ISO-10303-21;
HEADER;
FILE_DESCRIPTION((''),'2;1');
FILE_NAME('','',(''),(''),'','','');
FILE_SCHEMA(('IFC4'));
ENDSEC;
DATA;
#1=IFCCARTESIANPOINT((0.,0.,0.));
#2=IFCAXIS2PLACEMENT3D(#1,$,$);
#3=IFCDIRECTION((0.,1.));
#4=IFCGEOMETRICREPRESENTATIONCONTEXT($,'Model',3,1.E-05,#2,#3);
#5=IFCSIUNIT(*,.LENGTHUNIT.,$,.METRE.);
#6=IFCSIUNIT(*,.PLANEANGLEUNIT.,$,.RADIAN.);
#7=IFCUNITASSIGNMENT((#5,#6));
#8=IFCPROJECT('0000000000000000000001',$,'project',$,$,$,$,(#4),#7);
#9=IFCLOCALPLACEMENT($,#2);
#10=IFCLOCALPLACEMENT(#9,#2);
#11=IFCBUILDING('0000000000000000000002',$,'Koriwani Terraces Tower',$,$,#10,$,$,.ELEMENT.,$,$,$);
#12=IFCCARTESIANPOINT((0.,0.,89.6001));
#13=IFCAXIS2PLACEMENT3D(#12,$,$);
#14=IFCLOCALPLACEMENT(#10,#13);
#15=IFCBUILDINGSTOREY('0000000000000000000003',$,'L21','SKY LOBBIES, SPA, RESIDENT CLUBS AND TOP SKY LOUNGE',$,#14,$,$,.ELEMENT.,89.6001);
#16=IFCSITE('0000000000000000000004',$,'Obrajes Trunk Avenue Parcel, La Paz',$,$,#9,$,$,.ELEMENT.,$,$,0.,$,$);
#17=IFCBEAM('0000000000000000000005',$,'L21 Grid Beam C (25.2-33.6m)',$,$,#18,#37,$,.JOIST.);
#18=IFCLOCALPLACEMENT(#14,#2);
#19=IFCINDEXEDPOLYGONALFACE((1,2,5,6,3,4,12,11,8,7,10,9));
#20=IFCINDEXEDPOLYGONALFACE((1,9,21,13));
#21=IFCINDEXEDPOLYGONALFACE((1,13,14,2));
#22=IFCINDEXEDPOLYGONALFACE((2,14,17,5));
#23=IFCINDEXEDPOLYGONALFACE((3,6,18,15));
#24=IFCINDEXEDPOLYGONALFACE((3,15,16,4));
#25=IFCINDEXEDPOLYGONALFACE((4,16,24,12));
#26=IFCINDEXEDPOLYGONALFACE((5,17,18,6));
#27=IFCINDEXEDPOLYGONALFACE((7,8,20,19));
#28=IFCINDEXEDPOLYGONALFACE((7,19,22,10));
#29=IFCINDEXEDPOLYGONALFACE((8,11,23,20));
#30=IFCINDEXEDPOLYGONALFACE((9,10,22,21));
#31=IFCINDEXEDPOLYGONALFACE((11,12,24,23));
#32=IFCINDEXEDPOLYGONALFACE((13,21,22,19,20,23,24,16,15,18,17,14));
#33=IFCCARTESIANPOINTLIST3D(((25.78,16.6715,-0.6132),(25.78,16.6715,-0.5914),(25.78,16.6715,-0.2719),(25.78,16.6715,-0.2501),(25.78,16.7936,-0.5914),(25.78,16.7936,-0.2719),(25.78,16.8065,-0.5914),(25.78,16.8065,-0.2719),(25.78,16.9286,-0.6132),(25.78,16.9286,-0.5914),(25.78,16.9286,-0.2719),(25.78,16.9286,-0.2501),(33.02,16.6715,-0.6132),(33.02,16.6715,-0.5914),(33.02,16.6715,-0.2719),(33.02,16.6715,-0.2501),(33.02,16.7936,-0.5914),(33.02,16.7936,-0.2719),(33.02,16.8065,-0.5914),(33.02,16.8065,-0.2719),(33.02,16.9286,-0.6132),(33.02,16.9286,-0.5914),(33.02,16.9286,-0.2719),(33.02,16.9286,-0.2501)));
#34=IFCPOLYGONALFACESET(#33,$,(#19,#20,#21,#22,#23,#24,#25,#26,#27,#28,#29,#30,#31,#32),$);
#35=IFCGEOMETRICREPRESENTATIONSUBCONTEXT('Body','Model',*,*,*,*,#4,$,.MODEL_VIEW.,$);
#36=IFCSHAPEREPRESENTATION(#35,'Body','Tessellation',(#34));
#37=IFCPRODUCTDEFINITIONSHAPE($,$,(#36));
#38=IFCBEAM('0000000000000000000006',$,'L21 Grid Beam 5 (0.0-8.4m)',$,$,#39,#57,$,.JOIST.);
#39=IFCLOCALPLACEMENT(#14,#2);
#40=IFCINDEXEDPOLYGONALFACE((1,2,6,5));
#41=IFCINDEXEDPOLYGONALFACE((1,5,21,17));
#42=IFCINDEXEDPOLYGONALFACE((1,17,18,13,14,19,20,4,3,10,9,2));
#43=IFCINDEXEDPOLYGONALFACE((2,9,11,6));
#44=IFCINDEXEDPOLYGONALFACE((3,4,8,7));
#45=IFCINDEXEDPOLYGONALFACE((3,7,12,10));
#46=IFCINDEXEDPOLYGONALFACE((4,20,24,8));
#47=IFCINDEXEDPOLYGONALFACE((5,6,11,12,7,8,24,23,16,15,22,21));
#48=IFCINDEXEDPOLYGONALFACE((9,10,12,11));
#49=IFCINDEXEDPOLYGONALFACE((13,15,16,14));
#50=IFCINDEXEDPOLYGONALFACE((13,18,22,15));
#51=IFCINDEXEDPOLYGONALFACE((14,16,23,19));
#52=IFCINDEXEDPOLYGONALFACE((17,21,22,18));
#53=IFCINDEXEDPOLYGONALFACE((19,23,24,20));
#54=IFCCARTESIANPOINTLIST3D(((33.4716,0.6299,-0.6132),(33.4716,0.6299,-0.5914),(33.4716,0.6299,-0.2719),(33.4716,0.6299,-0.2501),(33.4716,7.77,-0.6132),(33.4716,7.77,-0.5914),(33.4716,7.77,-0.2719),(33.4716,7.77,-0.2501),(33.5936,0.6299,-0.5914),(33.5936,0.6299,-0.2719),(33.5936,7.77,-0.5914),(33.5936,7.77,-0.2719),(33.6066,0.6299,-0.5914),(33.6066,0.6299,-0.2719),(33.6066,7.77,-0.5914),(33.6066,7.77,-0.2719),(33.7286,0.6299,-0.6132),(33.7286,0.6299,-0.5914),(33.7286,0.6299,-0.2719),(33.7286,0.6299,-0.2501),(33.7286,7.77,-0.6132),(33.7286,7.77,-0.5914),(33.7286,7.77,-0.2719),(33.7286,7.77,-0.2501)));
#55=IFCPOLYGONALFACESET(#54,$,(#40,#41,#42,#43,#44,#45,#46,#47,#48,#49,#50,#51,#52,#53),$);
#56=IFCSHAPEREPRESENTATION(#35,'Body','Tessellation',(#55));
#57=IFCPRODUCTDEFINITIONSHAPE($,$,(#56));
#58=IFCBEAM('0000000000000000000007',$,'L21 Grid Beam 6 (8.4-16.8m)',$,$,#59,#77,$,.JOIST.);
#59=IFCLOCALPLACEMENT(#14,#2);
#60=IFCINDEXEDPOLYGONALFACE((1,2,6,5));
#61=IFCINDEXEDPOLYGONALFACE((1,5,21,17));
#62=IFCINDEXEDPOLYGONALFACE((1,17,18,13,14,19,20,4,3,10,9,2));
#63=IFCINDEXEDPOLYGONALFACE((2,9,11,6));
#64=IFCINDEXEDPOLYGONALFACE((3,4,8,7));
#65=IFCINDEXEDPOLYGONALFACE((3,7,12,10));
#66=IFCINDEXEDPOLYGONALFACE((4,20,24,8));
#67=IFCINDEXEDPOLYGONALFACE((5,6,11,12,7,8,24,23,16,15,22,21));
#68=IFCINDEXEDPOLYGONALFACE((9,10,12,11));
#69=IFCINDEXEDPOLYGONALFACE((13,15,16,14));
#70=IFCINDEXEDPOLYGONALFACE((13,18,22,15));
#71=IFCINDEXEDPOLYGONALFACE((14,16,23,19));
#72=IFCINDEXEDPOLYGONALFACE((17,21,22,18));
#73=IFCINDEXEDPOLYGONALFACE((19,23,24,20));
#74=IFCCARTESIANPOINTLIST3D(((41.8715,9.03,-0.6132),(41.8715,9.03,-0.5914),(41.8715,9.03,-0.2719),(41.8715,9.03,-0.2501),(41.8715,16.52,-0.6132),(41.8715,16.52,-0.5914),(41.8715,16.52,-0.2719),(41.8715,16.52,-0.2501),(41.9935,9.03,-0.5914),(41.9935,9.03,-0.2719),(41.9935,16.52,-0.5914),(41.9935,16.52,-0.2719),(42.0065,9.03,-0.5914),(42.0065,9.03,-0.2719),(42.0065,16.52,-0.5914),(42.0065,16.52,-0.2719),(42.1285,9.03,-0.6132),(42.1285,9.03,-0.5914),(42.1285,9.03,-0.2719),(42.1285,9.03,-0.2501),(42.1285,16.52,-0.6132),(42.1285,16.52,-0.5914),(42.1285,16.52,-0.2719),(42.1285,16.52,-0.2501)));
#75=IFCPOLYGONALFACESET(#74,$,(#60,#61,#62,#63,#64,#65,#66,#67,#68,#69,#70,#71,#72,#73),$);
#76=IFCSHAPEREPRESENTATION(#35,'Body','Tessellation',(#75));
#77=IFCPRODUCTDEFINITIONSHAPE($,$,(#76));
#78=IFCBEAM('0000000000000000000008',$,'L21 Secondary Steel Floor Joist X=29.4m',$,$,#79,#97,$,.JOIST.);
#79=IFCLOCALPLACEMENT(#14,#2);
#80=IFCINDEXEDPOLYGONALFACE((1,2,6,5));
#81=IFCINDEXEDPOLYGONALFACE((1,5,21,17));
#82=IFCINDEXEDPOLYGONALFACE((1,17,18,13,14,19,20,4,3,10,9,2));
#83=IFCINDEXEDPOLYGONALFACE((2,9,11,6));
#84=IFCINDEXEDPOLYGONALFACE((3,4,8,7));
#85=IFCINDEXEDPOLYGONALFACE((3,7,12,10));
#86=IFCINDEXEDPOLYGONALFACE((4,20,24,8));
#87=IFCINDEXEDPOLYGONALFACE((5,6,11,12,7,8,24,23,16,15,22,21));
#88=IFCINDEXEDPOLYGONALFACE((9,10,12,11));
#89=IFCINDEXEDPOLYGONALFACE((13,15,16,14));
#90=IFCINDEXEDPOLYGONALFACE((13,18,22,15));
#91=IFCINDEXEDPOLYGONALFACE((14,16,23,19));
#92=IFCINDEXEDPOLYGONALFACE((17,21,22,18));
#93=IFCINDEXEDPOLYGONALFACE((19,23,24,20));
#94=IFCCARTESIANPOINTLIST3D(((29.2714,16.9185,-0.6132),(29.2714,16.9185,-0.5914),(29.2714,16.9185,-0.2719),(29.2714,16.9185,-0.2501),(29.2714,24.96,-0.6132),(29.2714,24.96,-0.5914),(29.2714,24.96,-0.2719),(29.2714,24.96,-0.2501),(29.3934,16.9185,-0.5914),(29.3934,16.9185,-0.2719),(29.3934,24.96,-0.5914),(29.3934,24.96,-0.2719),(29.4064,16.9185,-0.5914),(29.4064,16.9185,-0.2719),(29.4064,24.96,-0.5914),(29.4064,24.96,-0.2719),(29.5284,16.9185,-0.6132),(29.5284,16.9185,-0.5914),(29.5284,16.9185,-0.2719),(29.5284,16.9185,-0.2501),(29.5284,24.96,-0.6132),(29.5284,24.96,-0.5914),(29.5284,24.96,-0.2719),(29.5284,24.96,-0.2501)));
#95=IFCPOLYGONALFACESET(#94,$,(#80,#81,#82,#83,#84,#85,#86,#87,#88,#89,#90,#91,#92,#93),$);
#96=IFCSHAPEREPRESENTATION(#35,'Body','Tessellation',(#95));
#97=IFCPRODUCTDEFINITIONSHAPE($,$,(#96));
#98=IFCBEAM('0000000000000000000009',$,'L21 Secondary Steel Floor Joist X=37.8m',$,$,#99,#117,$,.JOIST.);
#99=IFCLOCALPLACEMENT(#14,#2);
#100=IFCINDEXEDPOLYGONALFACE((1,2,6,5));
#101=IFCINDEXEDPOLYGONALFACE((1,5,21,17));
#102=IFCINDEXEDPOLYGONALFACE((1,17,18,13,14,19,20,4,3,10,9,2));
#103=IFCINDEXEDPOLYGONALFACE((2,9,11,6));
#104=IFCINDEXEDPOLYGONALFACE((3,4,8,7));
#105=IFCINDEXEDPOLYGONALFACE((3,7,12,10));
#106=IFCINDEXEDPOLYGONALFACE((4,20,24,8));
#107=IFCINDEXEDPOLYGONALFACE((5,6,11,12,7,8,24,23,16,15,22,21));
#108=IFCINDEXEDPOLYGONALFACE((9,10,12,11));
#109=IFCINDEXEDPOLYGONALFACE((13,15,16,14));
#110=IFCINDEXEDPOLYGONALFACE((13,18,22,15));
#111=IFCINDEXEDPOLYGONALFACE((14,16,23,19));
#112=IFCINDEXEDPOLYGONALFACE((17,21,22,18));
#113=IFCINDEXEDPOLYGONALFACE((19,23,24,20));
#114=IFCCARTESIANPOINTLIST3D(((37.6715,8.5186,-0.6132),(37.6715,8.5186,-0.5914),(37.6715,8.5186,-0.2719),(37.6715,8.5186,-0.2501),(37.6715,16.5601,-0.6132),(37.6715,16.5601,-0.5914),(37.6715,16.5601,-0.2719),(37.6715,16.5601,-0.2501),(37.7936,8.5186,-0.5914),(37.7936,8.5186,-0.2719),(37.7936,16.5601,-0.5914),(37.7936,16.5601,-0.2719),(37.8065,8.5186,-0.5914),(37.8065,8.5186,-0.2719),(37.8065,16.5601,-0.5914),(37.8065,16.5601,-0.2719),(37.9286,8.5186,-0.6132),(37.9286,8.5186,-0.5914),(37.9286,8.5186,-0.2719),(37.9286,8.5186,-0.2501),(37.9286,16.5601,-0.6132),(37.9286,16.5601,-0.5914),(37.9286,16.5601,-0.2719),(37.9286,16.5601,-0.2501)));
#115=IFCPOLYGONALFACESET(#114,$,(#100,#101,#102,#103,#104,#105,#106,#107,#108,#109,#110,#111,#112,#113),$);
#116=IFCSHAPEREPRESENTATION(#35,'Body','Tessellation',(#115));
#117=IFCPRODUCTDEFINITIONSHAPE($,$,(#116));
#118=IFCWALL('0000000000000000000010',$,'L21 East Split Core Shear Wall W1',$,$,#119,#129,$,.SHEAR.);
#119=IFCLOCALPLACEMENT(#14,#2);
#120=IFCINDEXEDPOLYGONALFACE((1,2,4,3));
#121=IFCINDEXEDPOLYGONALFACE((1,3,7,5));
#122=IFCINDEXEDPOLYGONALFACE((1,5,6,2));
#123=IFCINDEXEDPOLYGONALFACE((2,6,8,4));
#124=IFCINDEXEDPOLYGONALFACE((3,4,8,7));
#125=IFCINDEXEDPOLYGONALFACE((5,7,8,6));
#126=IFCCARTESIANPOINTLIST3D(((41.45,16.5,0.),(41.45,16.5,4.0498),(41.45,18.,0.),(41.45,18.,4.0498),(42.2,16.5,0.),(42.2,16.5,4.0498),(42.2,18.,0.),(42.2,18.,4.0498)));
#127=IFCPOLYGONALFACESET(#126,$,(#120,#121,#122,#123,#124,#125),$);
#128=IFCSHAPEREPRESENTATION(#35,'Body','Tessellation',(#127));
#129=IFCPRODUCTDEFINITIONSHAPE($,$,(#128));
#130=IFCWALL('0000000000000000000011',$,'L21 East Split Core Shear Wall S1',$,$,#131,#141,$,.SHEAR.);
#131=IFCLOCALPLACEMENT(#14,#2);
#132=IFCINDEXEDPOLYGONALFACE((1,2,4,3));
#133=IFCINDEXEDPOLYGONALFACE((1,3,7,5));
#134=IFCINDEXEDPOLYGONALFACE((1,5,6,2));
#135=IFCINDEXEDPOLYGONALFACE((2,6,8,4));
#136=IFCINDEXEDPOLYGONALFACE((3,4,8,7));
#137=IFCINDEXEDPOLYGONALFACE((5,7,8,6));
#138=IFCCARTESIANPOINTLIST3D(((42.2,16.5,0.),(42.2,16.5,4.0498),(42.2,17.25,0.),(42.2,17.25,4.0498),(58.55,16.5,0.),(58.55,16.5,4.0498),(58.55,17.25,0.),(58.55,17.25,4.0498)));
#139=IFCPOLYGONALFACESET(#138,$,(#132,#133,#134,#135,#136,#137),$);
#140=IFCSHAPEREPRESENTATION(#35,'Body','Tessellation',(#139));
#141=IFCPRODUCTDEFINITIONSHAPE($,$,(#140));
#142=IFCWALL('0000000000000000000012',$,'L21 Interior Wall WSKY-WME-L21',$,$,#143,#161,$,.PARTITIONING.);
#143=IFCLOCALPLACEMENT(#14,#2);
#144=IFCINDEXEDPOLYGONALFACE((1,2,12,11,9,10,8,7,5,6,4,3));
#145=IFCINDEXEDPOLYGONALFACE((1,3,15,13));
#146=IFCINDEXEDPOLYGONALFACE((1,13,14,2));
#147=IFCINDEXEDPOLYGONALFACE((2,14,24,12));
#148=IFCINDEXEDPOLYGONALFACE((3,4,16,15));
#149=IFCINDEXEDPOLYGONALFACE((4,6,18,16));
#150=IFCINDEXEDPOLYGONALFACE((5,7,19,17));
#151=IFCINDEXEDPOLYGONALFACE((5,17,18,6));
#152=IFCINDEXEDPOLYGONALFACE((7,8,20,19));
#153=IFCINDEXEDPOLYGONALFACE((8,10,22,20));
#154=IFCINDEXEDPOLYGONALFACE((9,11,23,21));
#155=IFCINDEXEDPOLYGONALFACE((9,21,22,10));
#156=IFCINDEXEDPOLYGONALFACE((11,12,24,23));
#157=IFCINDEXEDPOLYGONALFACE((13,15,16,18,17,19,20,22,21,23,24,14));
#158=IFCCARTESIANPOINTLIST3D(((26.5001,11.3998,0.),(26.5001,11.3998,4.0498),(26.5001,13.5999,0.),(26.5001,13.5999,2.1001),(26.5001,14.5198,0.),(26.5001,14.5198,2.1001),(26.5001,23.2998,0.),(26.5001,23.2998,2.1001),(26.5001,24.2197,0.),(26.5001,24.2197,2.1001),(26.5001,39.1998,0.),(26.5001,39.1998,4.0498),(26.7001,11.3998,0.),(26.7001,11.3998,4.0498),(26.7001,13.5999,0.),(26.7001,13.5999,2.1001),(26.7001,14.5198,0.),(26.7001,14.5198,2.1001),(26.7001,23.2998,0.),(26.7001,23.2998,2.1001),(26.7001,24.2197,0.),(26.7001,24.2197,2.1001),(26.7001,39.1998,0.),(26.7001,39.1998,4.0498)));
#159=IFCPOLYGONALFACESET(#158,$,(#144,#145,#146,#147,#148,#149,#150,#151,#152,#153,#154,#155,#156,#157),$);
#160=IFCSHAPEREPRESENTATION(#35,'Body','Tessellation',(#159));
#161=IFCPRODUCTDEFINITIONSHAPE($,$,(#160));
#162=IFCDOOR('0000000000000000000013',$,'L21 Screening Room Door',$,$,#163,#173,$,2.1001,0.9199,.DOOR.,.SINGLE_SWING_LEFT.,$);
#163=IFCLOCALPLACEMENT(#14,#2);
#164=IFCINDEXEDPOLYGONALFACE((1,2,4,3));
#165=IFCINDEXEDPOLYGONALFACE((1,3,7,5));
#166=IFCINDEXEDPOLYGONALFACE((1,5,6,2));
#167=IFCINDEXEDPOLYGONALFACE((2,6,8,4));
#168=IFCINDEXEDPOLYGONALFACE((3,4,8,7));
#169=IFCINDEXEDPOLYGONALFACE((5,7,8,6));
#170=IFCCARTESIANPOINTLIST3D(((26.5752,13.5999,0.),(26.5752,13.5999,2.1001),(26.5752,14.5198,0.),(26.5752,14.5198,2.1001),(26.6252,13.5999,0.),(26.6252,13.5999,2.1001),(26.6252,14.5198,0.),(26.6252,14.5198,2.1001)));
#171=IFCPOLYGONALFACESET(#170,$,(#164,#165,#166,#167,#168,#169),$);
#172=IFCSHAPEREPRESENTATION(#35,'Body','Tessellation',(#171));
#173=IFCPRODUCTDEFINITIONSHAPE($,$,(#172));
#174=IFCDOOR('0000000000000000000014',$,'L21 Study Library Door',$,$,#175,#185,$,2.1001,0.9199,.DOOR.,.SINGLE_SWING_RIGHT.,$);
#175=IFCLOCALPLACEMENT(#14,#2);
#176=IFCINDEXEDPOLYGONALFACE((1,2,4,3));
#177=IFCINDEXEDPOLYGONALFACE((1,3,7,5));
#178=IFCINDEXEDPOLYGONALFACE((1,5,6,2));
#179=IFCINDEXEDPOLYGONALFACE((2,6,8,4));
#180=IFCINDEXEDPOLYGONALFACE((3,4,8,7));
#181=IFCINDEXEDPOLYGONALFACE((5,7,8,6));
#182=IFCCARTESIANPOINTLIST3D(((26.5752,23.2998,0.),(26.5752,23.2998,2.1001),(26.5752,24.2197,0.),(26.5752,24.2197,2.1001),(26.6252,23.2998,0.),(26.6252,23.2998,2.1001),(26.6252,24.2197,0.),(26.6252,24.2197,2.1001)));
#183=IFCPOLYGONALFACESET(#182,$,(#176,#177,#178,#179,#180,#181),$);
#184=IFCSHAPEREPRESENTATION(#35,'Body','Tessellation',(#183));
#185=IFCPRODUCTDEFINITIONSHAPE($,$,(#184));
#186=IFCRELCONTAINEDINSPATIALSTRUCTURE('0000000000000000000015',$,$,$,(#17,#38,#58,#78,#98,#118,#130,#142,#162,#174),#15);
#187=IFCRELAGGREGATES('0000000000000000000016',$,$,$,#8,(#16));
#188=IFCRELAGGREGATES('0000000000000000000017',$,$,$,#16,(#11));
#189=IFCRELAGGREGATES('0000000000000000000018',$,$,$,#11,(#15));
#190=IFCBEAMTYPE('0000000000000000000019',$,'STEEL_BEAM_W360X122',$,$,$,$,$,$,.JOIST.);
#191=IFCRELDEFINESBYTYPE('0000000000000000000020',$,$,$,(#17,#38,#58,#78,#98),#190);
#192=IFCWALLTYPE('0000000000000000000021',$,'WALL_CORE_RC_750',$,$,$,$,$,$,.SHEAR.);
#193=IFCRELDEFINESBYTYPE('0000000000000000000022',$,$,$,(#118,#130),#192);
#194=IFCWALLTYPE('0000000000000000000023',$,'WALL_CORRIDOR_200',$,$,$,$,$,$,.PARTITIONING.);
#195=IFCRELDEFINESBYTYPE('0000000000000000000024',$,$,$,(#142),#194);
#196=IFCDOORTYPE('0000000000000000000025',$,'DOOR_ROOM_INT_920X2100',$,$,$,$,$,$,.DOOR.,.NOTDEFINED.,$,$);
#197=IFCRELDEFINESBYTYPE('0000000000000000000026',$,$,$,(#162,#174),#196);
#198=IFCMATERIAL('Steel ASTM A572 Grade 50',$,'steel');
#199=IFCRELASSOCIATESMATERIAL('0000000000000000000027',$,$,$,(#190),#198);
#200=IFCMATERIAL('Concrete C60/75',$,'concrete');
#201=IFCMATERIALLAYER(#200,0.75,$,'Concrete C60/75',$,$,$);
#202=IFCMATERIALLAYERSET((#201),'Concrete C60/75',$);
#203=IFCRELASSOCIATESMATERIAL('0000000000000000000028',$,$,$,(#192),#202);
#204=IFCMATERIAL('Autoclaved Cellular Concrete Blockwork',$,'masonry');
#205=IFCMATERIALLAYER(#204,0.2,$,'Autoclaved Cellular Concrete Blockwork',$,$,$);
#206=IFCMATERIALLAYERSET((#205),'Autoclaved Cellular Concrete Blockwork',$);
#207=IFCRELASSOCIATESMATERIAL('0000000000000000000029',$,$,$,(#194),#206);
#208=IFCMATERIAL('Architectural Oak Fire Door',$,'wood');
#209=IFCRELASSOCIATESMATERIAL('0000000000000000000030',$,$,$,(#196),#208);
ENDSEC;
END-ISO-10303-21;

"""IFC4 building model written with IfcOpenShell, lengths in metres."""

from ifc_helpers import new_model, si_unit, direction, frame, frame_2d, origin, origin_2d, place, context, subcontext, project, spatial, rectangle, i_section, extrude, material, layer, layer_set, material_profile, profile_set, type_object, element, fill, save


model = new_model("IFC4")

# Units and contexts
model_context = context("Model", 3, precision=1e-05, world=origin(), true_north=direction((0.0, 1.0)))
body_context = subcontext(model_context, "Body", "Model", "MODEL_VIEW")
ifc_project = project(units=[si_unit("LENGTHUNIT", "METRE"), si_unit("PLANEANGLEUNIT", "RADIAN")], contexts=[model_context])

# Site, building, storey
site_placement = place(None, origin())
site = spatial("IfcSite", under=ifc_project, at=site_placement, Name="Obrajes Trunk Avenue Parcel, La Paz", CompositionType="ELEMENT", RefElevation=0.0)
building_placement = place(site_placement, origin())
building = spatial("IfcBuilding", under=site, at=building_placement, Name="Koriwani Terraces Tower", CompositionType="ELEMENT")
storey_placement = place(building_placement, frame((0.0, 0.0, 89.6001)))
storey = spatial("IfcBuildingStorey", under=building, at=storey_placement, Name="L21", Description="SKY LOBBIES, SPA, RESIDENT CLUBS AND TOP SKY LOUNGE", CompositionType="ELEMENT", Elevation=89.6001)

# Shared definitions
ifc_material_1 = material(Name="Concrete C60/75", Category="concrete")

# Beams
ifc_material_2 = material(Name="Steel ASTM A572 Grade 50", Category="steel")
ifc_material_profile_1 = material_profile(ifc_material_2, i_section(OverallWidth=0.2571, OverallDepth=0.363, WebThickness=0.0129, FlangeThickness=0.0217, at=origin_2d()), Name="Steel ASTM A572 Grade 50", Category="LoadBearing")
ifc_profile_set_1 = profile_set([ifc_material_profile_1], Name="Steel ASTM A572 Grade 50")
beam_type_1 = type_object("IfcBeamType", Name="STEEL_BEAM_W360X122", PredefinedType="JOIST", material=ifc_profile_set_1)
beam_1_placement = place(storey_placement, frame((25.78, 16.8, -0.4316), z_axis=(1.0, 0.0, 0.0), x_axis=(0.0, 1.0, 0.0)))
element("IfcBeam", 1, at=beam_1_placement, inside=storey, type_object=beam_type_1, Name="L21 Grid Beam C (25.2-33.6m)", PredefinedType="JOIST", context=body_context, shape_type="SweptSolid", body=[
    extrude(i_section(OverallWidth=0.2571, OverallDepth=0.363, WebThickness=0.0129, FlangeThickness=0.0217, at=origin_2d()), origin(), (0.0, 0.0, 1.0), 7.24),
])
beam_2_placement = place(storey_placement, frame((33.6001, 0.6299, -0.4316), z_axis=(0.0, 1.0, 0.0), x_axis=(-1.0, 0.0, 0.0)))
element("IfcBeam", 2, at=beam_2_placement, inside=storey, type_object=beam_type_1, Name="L21 Grid Beam 5 (0.0-8.4m)", PredefinedType="JOIST", context=body_context, shape_type="SweptSolid", body=[
    extrude(i_section(OverallWidth=0.2571, OverallDepth=0.363, WebThickness=0.0129, FlangeThickness=0.0217, at=origin_2d()), origin(), (0.0, 0.0, 1.0), 7.1401),
])
beam_3_placement = place(storey_placement, frame((42.0, 9.03, -0.4316), z_axis=(0.0, 1.0, 0.0), x_axis=(-1.0, 0.0, 0.0)))
element("IfcBeam", 3, at=beam_3_placement, inside=storey, type_object=beam_type_1, Name="L21 Grid Beam 6 (8.4-16.8m)", PredefinedType="JOIST", context=body_context, shape_type="SweptSolid", body=[
    extrude(i_section(OverallWidth=0.2571, OverallDepth=0.363, WebThickness=0.0129, FlangeThickness=0.0217, at=origin_2d()), origin(), (0.0, 0.0, 1.0), 7.49),
])
for number, where, z_axis, x_axis, name in (
    (4, (29.3999, 16.9185, -0.4316), (0.0, 1.0, 0.0), (-1.0, 0.0, 0.0), "L21 Secondary Steel Floor Joist X=29.4m"),
    (5, (37.8, 8.5186, -0.4316), (0.0, 1.0, 0.0), (-1.0, 0.0, 0.0), "L21 Secondary Steel Floor Joist X=37.8m"),
):
    element("IfcBeam", number, at=place(storey_placement, frame(where, z_axis=z_axis, x_axis=x_axis)), inside=storey, type_object=beam_type_1, Name=name, PredefinedType="JOIST", context=body_context, shape_type="SweptSolid", body=[
        extrude(i_section(OverallWidth=0.2571, OverallDepth=0.363, WebThickness=0.0129, FlangeThickness=0.0217, at=origin_2d()), origin(), (0.0, 0.0, 1.0), 8.0415),
    ])

# Walls
ifc_layer_1 = layer(ifc_material_1, 0.75, Name="Concrete C60/75")
ifc_layer_set_1 = layer_set([ifc_layer_1], Name="Concrete C60/75")
wall_type_1 = type_object("IfcWallType", Name="WALL_CORE_RC_750", PredefinedType="SHEAR", material=ifc_layer_set_1)
wall_1_placement = place(storey_placement, frame((41.825, 16.5, 0.0), z_axis=(0.0, 0.0, 1.0), x_axis=(0.0, 1.0, 0.0)))
element("IfcWall", 6, at=wall_1_placement, inside=storey, type_object=wall_type_1, Name="L21 East Split Core Shear Wall W1", PredefinedType="SHEAR", context=body_context, shape_type="SweptSolid", body=[
    extrude(rectangle(XDim=1.5, YDim=0.75, at=frame_2d((0.75, 0.0))), origin(), (0.0, 0.0, 1.0), 4.0498),
])
wall_2_placement = place(storey_placement, frame((42.2, 16.875, 0.0), z_axis=(0.0, 0.0, 1.0), x_axis=(1.0, 0.0, 0.0)))
element("IfcWall", 7, at=wall_2_placement, inside=storey, type_object=wall_type_1, Name="L21 East Split Core Shear Wall S1", PredefinedType="SHEAR", context=body_context, shape_type="SweptSolid", body=[
    extrude(rectangle(XDim=16.3501, YDim=0.75, at=frame_2d((8.175, 0.0))), origin(), (0.0, 0.0, 1.0), 4.0498),
])

# Wall, openings, doors
ifc_material_3 = material(Name="Autoclaved Cellular Concrete Blockwork", Category="masonry")
ifc_layer_2 = layer(ifc_material_3, 0.2, Name="Autoclaved Cellular Concrete Blockwork")
ifc_layer_set_2 = layer_set([ifc_layer_2], Name="Autoclaved Cellular Concrete Blockwork")
wall_type_2 = type_object("IfcWallType", Name="WALL_CORRIDOR_200", PredefinedType="PARTITIONING", material=ifc_layer_set_2)
wall_3_placement = place(storey_placement, frame((26.6001, 11.3999, 0.0), z_axis=(0.0, 0.0, 1.0), x_axis=(0.0, 1.0, 0.0)))
wall_3 = element("IfcWall", 8, at=wall_3_placement, inside=storey, type_object=wall_type_2, Name="L21 Interior Wall WSKY-WME-L21", PredefinedType="PARTITIONING", context=body_context, shape_type="SweptSolid", body=[
    extrude(rectangle(XDim=27.8, YDim=0.2, at=frame_2d((13.8999, 0.0))), origin(), (0.0, 0.0, 1.0), 4.0498),
])
opening_1_placement = place(wall_3_placement, frame((2.2, 0.0, 0.0)))
opening_1 = element("IfcOpeningElement", 9, at=opening_1_placement, cuts=wall_3, PredefinedType="OPENING", context=body_context, shape_type="SweptSolid", body=[
    extrude(rectangle(XDim=0.9199, YDim=2.1001, at=frame_2d((0.46, 1.05))), frame((0.0, 0.1099, 0.0), z_axis=(0.0, -1.0, 0.0), x_axis=(1.0, 0.0, 0.0)), (0.0, 0.0, 1.0), 0.22),
])
opening_2_placement = place(wall_3_placement, frame((11.8999, 0.0, 0.0)))
opening_2 = element("IfcOpeningElement", 10, at=opening_2_placement, cuts=wall_3, PredefinedType="OPENING", context=body_context, shape_type="SweptSolid", body=[
    extrude(rectangle(XDim=0.9199, YDim=2.1001, at=frame_2d((0.46, 1.05))), frame((0.0, 0.1099, 0.0), z_axis=(0.0, -1.0, 0.0), x_axis=(1.0, 0.0, 0.0)), (0.0, 0.0, 1.0), 0.22),
])
ifc_material_4 = material(Name="Architectural Oak Fire Door", Category="wood")
door_type_1 = type_object("IfcDoorType", Name="DOOR_ROOM_INT_920X2100", OperationType="NOTDEFINED", PredefinedType="DOOR", material=ifc_material_4)
door_1_placement = place(opening_1_placement, origin())
door_1 = element("IfcDoor", 11, at=door_1_placement, inside=storey, type_object=door_type_1, Name="L21 Screening Room Door", OperationType="SINGLE_SWING_LEFT", OverallHeight=2.1001, OverallWidth=0.9199, PredefinedType="DOOR", context=body_context, shape_type="SweptSolid", body=[
    extrude(rectangle(XDim=0.9199, YDim=2.1001, at=frame_2d((0.46, 1.05))), frame((0.0, 0.0249, 0.0), z_axis=(0.0, -1.0, 0.0), x_axis=(1.0, 0.0, 0.0)), (0.0, 0.0, 1.0), 0.05),
])
fill(opening_1, door_1)
door_2_placement = place(opening_2_placement, origin())
door_2 = element("IfcDoor", 12, at=door_2_placement, inside=storey, type_object=door_type_1, Name="L21 Study Library Door", OperationType="SINGLE_SWING_RIGHT", OverallHeight=2.1001, OverallWidth=0.9199, PredefinedType="DOOR", context=body_context, shape_type="SweptSolid", body=[
    extrude(rectangle(XDim=0.9199, YDim=2.1001, at=frame_2d((0.46, 1.05))), frame((0.0, 0.0249, 0.0), z_axis=(0.0, -1.0, 0.0), x_axis=(1.0, 0.0, 0.0)), (0.0, 0.0, 1.0), 0.05),
])
fill(opening_2, door_2)

save(model, "model.ifc")
